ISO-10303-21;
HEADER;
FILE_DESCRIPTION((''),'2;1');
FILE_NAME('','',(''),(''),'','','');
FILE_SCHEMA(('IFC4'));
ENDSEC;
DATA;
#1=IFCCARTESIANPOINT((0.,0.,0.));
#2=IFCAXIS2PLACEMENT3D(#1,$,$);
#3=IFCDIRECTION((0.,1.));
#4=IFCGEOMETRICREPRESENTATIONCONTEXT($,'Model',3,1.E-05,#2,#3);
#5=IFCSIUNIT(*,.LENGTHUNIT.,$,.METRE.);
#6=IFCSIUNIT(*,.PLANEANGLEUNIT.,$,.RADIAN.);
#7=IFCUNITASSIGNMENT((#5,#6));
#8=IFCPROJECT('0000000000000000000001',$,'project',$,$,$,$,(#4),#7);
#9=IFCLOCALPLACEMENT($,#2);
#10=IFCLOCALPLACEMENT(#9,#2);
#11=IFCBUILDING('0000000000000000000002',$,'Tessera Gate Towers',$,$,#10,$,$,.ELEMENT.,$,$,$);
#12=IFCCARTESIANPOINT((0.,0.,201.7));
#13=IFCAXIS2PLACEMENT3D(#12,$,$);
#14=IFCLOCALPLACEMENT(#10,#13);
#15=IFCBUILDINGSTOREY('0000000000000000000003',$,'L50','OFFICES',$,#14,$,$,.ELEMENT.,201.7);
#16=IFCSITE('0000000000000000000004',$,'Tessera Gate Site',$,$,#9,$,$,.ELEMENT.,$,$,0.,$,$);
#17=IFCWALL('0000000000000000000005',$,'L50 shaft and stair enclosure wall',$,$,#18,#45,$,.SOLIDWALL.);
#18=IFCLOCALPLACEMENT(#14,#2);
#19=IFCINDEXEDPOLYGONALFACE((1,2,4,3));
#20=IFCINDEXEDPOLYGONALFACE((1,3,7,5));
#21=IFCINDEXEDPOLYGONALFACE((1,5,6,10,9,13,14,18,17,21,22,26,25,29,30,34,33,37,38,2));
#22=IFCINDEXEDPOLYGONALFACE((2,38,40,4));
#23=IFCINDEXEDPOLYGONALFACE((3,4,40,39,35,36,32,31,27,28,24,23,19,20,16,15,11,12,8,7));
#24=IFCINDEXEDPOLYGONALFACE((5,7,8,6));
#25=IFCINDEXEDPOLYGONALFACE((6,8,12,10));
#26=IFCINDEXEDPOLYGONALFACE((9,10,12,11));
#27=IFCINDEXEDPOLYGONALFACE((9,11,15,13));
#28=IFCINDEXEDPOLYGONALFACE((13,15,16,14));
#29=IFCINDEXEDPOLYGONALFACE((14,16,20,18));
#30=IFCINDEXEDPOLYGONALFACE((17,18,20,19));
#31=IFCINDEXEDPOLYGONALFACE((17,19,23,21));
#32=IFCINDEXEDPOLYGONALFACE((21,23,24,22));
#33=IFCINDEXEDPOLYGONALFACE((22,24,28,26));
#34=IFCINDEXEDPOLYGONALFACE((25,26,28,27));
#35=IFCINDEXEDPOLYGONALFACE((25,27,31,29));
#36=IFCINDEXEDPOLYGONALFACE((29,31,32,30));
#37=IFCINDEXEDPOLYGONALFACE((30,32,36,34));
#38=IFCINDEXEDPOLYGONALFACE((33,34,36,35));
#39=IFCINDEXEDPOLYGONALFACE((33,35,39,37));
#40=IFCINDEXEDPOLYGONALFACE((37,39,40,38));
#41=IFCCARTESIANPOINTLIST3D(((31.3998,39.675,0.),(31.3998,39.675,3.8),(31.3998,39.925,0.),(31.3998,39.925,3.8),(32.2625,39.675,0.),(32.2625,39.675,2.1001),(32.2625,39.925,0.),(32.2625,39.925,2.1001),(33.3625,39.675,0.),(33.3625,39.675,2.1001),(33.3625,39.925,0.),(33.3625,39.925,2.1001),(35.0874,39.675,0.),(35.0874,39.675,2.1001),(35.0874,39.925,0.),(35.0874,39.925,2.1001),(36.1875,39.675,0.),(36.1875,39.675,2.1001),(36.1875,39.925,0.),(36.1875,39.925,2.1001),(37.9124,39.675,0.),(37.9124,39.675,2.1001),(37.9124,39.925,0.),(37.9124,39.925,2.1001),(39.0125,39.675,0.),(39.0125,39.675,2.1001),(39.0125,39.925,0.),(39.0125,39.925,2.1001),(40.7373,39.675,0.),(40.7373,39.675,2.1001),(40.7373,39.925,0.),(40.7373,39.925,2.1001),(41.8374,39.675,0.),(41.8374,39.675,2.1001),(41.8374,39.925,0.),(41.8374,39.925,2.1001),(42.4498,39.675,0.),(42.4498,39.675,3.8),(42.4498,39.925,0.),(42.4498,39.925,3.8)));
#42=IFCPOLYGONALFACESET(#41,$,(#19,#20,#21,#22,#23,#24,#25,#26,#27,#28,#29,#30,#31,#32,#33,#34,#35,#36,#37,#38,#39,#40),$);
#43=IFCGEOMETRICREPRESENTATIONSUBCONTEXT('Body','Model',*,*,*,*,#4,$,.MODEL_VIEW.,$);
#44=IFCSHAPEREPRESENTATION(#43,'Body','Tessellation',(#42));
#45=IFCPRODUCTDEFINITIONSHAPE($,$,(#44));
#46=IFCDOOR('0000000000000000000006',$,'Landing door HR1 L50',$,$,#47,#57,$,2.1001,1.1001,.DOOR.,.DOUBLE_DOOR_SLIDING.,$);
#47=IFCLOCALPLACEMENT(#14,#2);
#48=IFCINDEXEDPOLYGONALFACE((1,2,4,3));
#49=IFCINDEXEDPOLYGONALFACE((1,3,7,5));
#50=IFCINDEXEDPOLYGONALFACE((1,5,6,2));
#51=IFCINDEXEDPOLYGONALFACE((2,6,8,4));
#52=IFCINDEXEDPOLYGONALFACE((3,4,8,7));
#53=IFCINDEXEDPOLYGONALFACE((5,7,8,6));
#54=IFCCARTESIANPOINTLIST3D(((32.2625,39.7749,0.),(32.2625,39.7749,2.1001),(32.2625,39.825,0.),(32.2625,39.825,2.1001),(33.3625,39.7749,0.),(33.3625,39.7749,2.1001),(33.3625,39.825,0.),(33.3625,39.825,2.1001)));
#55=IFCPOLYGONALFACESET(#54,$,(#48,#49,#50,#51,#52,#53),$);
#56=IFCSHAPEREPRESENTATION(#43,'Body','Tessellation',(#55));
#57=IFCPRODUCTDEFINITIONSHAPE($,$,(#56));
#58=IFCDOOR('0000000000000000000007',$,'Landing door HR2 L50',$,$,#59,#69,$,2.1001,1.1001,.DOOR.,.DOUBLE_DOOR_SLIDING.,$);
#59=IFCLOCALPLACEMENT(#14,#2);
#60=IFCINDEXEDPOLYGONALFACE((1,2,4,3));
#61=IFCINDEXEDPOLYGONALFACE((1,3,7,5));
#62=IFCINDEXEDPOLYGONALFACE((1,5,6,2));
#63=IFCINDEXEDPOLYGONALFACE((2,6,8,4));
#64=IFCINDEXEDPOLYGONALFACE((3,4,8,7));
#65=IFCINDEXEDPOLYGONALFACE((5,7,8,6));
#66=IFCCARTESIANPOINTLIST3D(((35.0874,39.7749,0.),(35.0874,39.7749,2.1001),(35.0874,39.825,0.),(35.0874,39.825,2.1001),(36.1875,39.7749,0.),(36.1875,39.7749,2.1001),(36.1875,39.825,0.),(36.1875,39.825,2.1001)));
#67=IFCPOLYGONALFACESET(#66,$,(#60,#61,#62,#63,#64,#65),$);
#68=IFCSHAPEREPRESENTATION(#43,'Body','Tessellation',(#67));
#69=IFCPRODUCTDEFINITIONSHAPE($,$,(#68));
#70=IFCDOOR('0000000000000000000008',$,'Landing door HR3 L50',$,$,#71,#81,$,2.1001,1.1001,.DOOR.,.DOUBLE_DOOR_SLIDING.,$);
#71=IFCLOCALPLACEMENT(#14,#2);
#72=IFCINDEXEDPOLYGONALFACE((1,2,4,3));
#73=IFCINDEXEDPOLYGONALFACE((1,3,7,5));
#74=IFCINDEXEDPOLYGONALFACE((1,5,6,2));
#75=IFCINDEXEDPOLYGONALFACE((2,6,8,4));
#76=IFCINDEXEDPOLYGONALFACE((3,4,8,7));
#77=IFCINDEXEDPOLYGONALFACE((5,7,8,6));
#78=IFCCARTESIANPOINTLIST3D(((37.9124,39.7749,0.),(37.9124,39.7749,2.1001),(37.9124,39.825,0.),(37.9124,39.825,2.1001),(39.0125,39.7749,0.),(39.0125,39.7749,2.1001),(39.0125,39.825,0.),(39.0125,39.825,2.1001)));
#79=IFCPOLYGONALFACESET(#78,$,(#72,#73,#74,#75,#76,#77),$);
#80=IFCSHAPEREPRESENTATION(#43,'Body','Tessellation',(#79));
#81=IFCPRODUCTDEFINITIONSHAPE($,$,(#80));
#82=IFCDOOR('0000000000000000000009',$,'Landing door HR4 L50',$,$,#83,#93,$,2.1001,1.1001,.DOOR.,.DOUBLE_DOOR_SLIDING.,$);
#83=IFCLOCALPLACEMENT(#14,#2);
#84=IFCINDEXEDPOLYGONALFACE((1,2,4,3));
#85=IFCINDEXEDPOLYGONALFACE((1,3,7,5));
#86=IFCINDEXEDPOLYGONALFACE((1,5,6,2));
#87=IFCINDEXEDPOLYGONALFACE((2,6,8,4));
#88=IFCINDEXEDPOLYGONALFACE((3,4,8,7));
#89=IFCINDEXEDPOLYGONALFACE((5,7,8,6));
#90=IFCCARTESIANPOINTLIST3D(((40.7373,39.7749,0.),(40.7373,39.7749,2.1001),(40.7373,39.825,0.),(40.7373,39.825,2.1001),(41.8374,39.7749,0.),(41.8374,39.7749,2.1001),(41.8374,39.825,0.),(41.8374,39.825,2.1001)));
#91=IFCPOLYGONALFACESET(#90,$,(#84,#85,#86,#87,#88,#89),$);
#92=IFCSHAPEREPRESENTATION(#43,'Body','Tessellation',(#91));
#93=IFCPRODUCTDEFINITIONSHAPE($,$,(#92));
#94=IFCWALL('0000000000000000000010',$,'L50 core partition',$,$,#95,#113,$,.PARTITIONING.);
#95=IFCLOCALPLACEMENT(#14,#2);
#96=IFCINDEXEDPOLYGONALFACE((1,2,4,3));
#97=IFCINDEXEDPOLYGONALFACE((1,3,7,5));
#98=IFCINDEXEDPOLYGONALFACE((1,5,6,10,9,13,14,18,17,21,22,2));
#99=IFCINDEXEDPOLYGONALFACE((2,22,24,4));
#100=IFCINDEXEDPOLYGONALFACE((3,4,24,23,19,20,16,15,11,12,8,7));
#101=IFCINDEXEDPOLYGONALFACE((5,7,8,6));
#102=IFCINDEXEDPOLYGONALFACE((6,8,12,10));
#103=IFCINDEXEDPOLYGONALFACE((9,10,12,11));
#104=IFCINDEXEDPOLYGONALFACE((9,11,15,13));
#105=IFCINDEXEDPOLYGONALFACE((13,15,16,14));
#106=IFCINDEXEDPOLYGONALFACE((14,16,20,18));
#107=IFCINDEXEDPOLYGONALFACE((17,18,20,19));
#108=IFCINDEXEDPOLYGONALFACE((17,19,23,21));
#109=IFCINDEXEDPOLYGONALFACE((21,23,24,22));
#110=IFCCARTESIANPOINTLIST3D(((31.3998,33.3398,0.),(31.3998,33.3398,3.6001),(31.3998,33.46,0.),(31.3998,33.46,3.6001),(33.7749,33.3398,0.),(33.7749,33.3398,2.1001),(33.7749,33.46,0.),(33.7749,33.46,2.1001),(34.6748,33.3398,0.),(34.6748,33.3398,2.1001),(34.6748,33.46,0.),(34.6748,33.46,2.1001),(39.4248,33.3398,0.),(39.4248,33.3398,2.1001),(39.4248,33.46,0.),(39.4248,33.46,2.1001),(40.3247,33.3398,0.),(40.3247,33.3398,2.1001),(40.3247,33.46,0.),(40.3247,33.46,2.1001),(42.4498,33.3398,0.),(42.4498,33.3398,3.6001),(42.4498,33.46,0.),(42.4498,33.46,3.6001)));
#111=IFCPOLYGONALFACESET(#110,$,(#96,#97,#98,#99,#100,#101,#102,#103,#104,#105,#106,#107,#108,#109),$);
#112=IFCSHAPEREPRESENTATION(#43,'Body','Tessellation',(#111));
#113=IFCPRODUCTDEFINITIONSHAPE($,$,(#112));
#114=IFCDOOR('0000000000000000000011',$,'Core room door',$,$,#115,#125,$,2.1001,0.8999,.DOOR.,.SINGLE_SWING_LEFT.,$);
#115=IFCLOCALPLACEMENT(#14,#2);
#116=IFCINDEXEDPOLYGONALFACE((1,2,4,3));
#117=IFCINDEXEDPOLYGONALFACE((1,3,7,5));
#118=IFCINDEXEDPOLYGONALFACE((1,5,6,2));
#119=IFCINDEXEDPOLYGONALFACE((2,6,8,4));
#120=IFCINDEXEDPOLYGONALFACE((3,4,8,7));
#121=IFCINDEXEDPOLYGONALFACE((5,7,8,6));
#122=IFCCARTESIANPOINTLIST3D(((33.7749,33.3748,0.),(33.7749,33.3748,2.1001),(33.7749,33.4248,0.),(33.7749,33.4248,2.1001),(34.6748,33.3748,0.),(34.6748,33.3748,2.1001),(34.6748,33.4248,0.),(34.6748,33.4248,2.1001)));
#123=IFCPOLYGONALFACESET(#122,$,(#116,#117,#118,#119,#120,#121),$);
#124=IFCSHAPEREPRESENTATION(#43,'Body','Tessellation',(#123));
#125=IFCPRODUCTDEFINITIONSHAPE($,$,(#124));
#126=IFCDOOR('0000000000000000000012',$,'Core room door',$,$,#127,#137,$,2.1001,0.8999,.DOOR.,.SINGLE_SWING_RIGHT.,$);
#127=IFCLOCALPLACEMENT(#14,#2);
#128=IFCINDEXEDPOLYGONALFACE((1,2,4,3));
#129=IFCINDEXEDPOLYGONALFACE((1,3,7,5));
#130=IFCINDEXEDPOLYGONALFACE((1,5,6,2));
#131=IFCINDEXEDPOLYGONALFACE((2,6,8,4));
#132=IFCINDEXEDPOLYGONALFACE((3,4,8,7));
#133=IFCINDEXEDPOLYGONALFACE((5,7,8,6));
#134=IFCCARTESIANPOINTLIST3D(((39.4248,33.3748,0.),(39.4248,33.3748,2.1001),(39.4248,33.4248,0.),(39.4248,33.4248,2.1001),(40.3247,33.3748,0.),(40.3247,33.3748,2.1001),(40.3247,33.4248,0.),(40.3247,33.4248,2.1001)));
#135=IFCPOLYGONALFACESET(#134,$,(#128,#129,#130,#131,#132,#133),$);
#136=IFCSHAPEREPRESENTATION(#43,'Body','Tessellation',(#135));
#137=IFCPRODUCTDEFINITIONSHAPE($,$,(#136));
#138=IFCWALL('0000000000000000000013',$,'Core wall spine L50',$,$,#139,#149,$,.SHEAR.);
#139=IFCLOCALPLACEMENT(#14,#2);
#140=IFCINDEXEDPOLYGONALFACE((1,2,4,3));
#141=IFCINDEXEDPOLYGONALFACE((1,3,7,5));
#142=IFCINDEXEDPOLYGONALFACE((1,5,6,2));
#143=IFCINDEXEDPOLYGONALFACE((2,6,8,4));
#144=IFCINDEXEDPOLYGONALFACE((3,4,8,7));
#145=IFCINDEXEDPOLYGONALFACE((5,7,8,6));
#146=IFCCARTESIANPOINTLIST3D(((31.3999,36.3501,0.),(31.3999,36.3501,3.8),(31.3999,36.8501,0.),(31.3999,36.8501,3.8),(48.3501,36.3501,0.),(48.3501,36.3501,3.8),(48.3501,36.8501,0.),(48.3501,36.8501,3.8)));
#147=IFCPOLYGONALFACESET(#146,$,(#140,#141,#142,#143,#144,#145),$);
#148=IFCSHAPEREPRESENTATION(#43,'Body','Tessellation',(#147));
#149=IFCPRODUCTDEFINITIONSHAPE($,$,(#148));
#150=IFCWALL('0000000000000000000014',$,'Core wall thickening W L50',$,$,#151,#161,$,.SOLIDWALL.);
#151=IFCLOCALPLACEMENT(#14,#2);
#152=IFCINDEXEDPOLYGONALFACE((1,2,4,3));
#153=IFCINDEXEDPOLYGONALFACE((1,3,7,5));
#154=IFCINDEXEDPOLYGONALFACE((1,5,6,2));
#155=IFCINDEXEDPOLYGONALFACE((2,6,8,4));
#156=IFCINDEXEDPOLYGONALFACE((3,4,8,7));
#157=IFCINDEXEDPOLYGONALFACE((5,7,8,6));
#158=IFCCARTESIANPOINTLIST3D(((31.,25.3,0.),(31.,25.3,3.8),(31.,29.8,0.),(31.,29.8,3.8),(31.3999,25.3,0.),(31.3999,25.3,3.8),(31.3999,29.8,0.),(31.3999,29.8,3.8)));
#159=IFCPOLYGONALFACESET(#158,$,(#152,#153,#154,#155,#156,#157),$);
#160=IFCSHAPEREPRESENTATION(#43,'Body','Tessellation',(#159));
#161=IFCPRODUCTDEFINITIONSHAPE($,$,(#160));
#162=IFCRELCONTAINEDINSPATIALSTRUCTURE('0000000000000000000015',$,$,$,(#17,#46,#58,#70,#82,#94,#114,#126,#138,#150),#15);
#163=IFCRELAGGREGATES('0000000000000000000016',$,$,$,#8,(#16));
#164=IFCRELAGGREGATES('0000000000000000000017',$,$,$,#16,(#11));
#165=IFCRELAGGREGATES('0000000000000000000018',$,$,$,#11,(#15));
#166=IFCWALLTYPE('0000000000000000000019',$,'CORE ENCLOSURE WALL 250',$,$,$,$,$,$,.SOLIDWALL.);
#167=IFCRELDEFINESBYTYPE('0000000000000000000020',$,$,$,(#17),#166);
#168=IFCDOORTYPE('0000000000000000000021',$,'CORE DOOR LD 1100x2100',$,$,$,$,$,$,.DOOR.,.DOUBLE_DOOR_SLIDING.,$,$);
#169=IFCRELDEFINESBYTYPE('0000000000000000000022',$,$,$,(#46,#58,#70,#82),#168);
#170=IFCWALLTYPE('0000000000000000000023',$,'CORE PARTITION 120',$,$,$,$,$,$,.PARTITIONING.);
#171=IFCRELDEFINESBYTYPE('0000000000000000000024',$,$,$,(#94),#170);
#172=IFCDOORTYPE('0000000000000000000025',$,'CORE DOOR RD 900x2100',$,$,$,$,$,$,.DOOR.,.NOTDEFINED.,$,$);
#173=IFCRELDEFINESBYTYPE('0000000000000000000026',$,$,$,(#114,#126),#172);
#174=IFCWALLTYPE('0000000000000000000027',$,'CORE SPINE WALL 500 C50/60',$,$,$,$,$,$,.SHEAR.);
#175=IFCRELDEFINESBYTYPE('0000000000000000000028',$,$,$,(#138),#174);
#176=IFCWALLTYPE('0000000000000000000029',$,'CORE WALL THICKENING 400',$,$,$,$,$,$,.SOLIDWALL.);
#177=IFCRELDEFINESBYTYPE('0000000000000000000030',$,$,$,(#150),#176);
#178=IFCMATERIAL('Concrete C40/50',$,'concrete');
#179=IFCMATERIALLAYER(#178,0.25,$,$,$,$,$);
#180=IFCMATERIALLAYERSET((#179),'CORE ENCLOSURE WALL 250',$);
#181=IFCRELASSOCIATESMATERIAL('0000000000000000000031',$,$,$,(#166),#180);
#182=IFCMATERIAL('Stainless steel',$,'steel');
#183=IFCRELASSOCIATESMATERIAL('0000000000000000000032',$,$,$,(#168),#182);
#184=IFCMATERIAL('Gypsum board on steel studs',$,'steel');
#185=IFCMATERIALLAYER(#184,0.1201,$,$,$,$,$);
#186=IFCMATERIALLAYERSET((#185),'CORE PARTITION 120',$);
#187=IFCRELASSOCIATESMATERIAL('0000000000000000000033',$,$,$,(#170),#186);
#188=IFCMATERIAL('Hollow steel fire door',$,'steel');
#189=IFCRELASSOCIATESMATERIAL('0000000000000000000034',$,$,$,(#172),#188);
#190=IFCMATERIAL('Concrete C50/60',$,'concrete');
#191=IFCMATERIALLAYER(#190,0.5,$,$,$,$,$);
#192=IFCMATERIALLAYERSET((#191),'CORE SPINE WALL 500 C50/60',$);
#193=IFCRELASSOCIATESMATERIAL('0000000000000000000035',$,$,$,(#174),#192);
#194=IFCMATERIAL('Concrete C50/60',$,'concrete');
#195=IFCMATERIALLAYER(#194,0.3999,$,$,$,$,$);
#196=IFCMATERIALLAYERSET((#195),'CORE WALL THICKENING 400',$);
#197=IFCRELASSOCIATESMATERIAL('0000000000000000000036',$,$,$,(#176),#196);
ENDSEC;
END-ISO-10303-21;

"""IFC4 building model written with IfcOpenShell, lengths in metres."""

from ifc_helpers import new_model, si_unit, direction, frame, frame_2d, origin, place, context, subcontext, project, spatial, rectangle, extrude, source, transform, mapped, material, layer, layer_set, type_object, element, fill, save


model = new_model("IFC4")

# Units and contexts
model_context = context("Model", 3, precision=1e-05, world=origin(), true_north=direction((0.0, 1.0)))
body_context = subcontext(model_context, "Body", "Model", "MODEL_VIEW")
ifc_project = project(units=[si_unit("LENGTHUNIT", "METRE"), si_unit("PLANEANGLEUNIT", "RADIAN")], contexts=[model_context])

# Site, building, storey
site_placement = place(None, origin())
site = spatial("IfcSite", under=ifc_project, at=site_placement, Name="Tessera Gate Site", CompositionType="ELEMENT", RefElevation=0.0)
building_placement = place(site_placement, origin())
building = spatial("IfcBuilding", under=site, at=building_placement, Name="Tessera Gate Towers", CompositionType="ELEMENT")
storey_placement = place(building_placement, frame((0.0, 0.0, 201.7)))
storey = spatial("IfcBuildingStorey", under=building, at=storey_placement, Name="L50", Description="OFFICES", CompositionType="ELEMENT", Elevation=201.7)

# Walls, openings, doors
ifc_material_1 = material(Name="Concrete C40/50", Category="concrete")
ifc_layer_1 = layer(ifc_material_1, 0.25)
ifc_layer_set_1 = layer_set([ifc_layer_1], Name="CORE ENCLOSURE WALL 250")
wall_type_1 = type_object("IfcWallType", Name="CORE ENCLOSURE WALL 250", PredefinedType="SOLIDWALL", material=ifc_layer_set_1)
wall_1_placement = place(storey_placement, frame((31.3999, 39.8, 0.0), z_axis=(0.0, 0.0, 1.0), x_axis=(1.0, 0.0, 0.0)))
wall_1 = element("IfcWall", 1, at=wall_1_placement, inside=storey, type_object=wall_type_1, Name="L50 shaft and stair enclosure wall", PredefinedType="SOLIDWALL", context=body_context, shape_type="SweptSolid", body=[
    extrude(rectangle(XDim=11.05, YDim=0.25, at=frame_2d((5.5249, 0.0))), origin(), (0.0, 0.0, 1.0), 3.8),
])
shared_shape_1 = source(origin(), body_context, "Body", "SweptSolid", [
    extrude(rectangle(XDim=1.1001, YDim=2.1001, at=frame_2d((0.55, 1.05))), frame((0.0, 0.135, 0.0), z_axis=(0.0, -1.0, 0.0), x_axis=(1.0, 0.0, 0.0)), (0.0, 0.0, 1.0), 0.27),
])
opening_1_placement = place(wall_1_placement, frame((0.8625, 0.0, 0.0)))
opening_1 = element("IfcOpeningElement", 2, at=opening_1_placement, cuts=wall_1, PredefinedType="OPENING", context=body_context, shape_type="MappedRepresentation", body=[
    mapped(shared_shape_1, transform((0.0, 0.0, 0.0), scale=1.0)),
])
opening_2_placement = place(wall_1_placement, frame((3.6875, 0.0, 0.0)))
opening_2 = element("IfcOpeningElement", 3, at=opening_2_placement, cuts=wall_1, PredefinedType="OPENING", context=body_context, shape_type="MappedRepresentation", body=[
    mapped(shared_shape_1, transform((0.0, 0.0, 0.0), scale=1.0)),
])
opening_3_placement = place(wall_1_placement, frame((6.5125, 0.0, 0.0)))
opening_3 = element("IfcOpeningElement", 4, at=opening_3_placement, cuts=wall_1, PredefinedType="OPENING", context=body_context, shape_type="MappedRepresentation", body=[
    mapped(shared_shape_1, transform((0.0, 0.0, 0.0), scale=1.0)),
])
opening_4_placement = place(wall_1_placement, frame((9.3374, 0.0, 0.0)))
opening_4 = element("IfcOpeningElement", 5, at=opening_4_placement, cuts=wall_1, PredefinedType="OPENING", context=body_context, shape_type="MappedRepresentation", body=[
    mapped(shared_shape_1, transform((0.0, 0.0, 0.0), scale=1.0)),
])
ifc_material_2 = material(Name="Stainless steel", Category="steel")
door_type_1 = type_object("IfcDoorType", Name="CORE DOOR LD 1100x2100", OperationType="DOUBLE_DOOR_SLIDING", PredefinedType="DOOR", material=ifc_material_2)
shared_shape_2 = source(origin(), body_context, "Body", "SweptSolid", [
    extrude(rectangle(XDim=1.1001, YDim=2.1001, at=frame_2d((0.55, 1.05))), frame((0.0, 0.0249, 0.0), z_axis=(0.0, -1.0, 0.0), x_axis=(1.0, 0.0, 0.0)), (0.0, 0.0, 1.0), 0.05),
])
door_1_placement = place(opening_1_placement, origin())
door_1 = element("IfcDoor", 6, at=door_1_placement, inside=storey, type_object=door_type_1, Name="Landing door HR1 L50", OperationType="DOUBLE_DOOR_SLIDING", OverallHeight=2.1001, OverallWidth=1.1001, PredefinedType="DOOR", context=body_context, shape_type="MappedRepresentation", body=[
    mapped(shared_shape_2, transform((0.0, 0.0, 0.0), scale=1.0)),
])
fill(opening_1, door_1)
door_2_placement = place(opening_2_placement, origin())
door_2 = element("IfcDoor", 7, at=door_2_placement, inside=storey, type_object=door_type_1, Name="Landing door HR2 L50", OperationType="DOUBLE_DOOR_SLIDING", OverallHeight=2.1001, OverallWidth=1.1001, PredefinedType="DOOR", context=body_context, shape_type="MappedRepresentation", body=[
    mapped(shared_shape_2, transform((0.0, 0.0, 0.0), scale=1.0)),
])
fill(opening_2, door_2)
door_3_placement = place(opening_3_placement, origin())
door_3 = element("IfcDoor", 8, at=door_3_placement, inside=storey, type_object=door_type_1, Name="Landing door HR3 L50", OperationType="DOUBLE_DOOR_SLIDING", OverallHeight=2.1001, OverallWidth=1.1001, PredefinedType="DOOR", context=body_context, shape_type="MappedRepresentation", body=[
    mapped(shared_shape_2, transform((0.0, 0.0, 0.0), scale=1.0)),
])
fill(opening_3, door_3)
door_4_placement = place(opening_4_placement, origin())
door_4 = element("IfcDoor", 9, at=door_4_placement, inside=storey, type_object=door_type_1, Name="Landing door HR4 L50", OperationType="DOUBLE_DOOR_SLIDING", OverallHeight=2.1001, OverallWidth=1.1001, PredefinedType="DOOR", context=body_context, shape_type="MappedRepresentation", body=[
    mapped(shared_shape_2, transform((0.0, 0.0, 0.0), scale=1.0)),
])
fill(opening_4, door_4)
ifc_material_3 = material(Name="Gypsum board on steel studs", Category="steel")
ifc_layer_2 = layer(ifc_material_3, 0.1201)
ifc_layer_set_2 = layer_set([ifc_layer_2], Name="CORE PARTITION 120")
wall_type_2 = type_object("IfcWallType", Name="CORE PARTITION 120", PredefinedType="PARTITIONING", material=ifc_layer_set_2)
wall_2_placement = place(storey_placement, frame((31.3999, 33.3999, 0.0), z_axis=(0.0, 0.0, 1.0), x_axis=(1.0, 0.0, 0.0)))
wall_2 = element("IfcWall", 10, at=wall_2_placement, inside=storey, type_object=wall_type_2, Name="L50 core partition", PredefinedType="PARTITIONING", context=body_context, shape_type="SweptSolid", body=[
    extrude(rectangle(XDim=11.05, YDim=0.1201, at=frame_2d((5.5249, 0.0))), origin(), (0.0, 0.0, 1.0), 3.6001),
])
shared_shape_3 = source(origin(), body_context, "Body", "SweptSolid", [
    extrude(rectangle(XDim=0.8999, YDim=2.1001, at=frame_2d((0.45, 1.05))), frame((0.0, 0.0701, 0.0), z_axis=(0.0, -1.0, 0.0), x_axis=(1.0, 0.0, 0.0)), (0.0, 0.0, 1.0), 0.1401),
])
opening_5_placement = place(wall_2_placement, frame((2.375, 0.0, 0.0)))
opening_5 = element("IfcOpeningElement", 11, at=opening_5_placement, cuts=wall_2, PredefinedType="OPENING", context=body_context, shape_type="MappedRepresentation", body=[
    mapped(shared_shape_3, transform((0.0, 0.0, 0.0), scale=1.0)),
])
opening_6_placement = place(wall_2_placement, frame((8.0249, 0.0, 0.0)))
opening_6 = element("IfcOpeningElement", 12, at=opening_6_placement, cuts=wall_2, PredefinedType="OPENING", context=body_context, shape_type="MappedRepresentation", body=[
    mapped(shared_shape_3, transform((0.0, 0.0, 0.0), scale=1.0)),
])
ifc_material_4 = material(Name="Hollow steel fire door", Category="steel")
door_type_2 = type_object("IfcDoorType", Name="CORE DOOR RD 900x2100", OperationType="NOTDEFINED", PredefinedType="DOOR", material=ifc_material_4)
shared_shape_4 = source(origin(), body_context, "Body", "SweptSolid", [
    extrude(rectangle(XDim=0.8999, YDim=2.1001, at=frame_2d((0.45, 1.05))), frame((0.0, 0.0249, 0.0), z_axis=(0.0, -1.0, 0.0), x_axis=(1.0, 0.0, 0.0)), (0.0, 0.0, 1.0), 0.05),
])
door_5_placement = place(opening_5_placement, origin())
door_5 = element("IfcDoor", 13, at=door_5_placement, inside=storey, type_object=door_type_2, Name="Core room door", OperationType="SINGLE_SWING_LEFT", OverallHeight=2.1001, OverallWidth=0.8999, PredefinedType="DOOR", context=body_context, shape_type="MappedRepresentation", body=[
    mapped(shared_shape_4, transform((0.0, 0.0, 0.0), scale=1.0)),
])
fill(opening_5, door_5)
door_6_placement = place(opening_6_placement, origin())
door_6 = element("IfcDoor", 14, at=door_6_placement, inside=storey, type_object=door_type_2, Name="Core room door", OperationType="SINGLE_SWING_RIGHT", OverallHeight=2.1001, OverallWidth=0.8999, PredefinedType="DOOR", context=body_context, shape_type="MappedRepresentation", body=[
    mapped(shared_shape_4, transform((0.0, 0.0, 0.0), scale=1.0)),
])
fill(opening_6, door_6)

# Walls
ifc_material_5 = material(Name="Concrete C50/60", Category="concrete")
ifc_layer_3 = layer(ifc_material_5, 0.5)
ifc_layer_set_3 = layer_set([ifc_layer_3], Name="CORE SPINE WALL 500 C50/60")
wall_type_3 = type_object("IfcWallType", Name="CORE SPINE WALL 500 C50/60", PredefinedType="SHEAR", material=ifc_layer_set_3)
wall_3_placement = place(storey_placement, frame((31.3999, 36.6001, 0.0), z_axis=(0.0, 0.0, 1.0), x_axis=(1.0, 0.0, 0.0)))
element("IfcWall", 15, at=wall_3_placement, inside=storey, type_object=wall_type_3, Name="Core wall spine L50", PredefinedType="SHEAR", context=body_context, shape_type="SweptSolid", body=[
    extrude(rectangle(XDim=16.9502, YDim=0.5, at=frame_2d((8.4751, 0.0))), origin(), (0.0, 0.0, 1.0), 3.8),
])
ifc_material_6 = material(Name="Concrete C50/60", Category="concrete")
ifc_layer_4 = layer(ifc_material_6, 0.3999)
ifc_layer_set_4 = layer_set([ifc_layer_4], Name="CORE WALL THICKENING 400")
wall_type_4 = type_object("IfcWallType", Name="CORE WALL THICKENING 400", PredefinedType="SOLIDWALL", material=ifc_layer_set_4)
wall_4_placement = place(storey_placement, frame((31.2, 25.3, 0.0), z_axis=(0.0, 0.0, 1.0), x_axis=(0.0, 1.0, 0.0)))
element("IfcWall", 16, at=wall_4_placement, inside=storey, type_object=wall_type_4, Name="Core wall thickening W L50", PredefinedType="SOLIDWALL", context=body_context, shape_type="SweptSolid", body=[
    extrude(rectangle(XDim=4.5, YDim=0.3999, at=frame_2d((2.25, 0.0))), origin(), (0.0, 0.0, 1.0), 3.8),
])

save(model, "model.ifc")
